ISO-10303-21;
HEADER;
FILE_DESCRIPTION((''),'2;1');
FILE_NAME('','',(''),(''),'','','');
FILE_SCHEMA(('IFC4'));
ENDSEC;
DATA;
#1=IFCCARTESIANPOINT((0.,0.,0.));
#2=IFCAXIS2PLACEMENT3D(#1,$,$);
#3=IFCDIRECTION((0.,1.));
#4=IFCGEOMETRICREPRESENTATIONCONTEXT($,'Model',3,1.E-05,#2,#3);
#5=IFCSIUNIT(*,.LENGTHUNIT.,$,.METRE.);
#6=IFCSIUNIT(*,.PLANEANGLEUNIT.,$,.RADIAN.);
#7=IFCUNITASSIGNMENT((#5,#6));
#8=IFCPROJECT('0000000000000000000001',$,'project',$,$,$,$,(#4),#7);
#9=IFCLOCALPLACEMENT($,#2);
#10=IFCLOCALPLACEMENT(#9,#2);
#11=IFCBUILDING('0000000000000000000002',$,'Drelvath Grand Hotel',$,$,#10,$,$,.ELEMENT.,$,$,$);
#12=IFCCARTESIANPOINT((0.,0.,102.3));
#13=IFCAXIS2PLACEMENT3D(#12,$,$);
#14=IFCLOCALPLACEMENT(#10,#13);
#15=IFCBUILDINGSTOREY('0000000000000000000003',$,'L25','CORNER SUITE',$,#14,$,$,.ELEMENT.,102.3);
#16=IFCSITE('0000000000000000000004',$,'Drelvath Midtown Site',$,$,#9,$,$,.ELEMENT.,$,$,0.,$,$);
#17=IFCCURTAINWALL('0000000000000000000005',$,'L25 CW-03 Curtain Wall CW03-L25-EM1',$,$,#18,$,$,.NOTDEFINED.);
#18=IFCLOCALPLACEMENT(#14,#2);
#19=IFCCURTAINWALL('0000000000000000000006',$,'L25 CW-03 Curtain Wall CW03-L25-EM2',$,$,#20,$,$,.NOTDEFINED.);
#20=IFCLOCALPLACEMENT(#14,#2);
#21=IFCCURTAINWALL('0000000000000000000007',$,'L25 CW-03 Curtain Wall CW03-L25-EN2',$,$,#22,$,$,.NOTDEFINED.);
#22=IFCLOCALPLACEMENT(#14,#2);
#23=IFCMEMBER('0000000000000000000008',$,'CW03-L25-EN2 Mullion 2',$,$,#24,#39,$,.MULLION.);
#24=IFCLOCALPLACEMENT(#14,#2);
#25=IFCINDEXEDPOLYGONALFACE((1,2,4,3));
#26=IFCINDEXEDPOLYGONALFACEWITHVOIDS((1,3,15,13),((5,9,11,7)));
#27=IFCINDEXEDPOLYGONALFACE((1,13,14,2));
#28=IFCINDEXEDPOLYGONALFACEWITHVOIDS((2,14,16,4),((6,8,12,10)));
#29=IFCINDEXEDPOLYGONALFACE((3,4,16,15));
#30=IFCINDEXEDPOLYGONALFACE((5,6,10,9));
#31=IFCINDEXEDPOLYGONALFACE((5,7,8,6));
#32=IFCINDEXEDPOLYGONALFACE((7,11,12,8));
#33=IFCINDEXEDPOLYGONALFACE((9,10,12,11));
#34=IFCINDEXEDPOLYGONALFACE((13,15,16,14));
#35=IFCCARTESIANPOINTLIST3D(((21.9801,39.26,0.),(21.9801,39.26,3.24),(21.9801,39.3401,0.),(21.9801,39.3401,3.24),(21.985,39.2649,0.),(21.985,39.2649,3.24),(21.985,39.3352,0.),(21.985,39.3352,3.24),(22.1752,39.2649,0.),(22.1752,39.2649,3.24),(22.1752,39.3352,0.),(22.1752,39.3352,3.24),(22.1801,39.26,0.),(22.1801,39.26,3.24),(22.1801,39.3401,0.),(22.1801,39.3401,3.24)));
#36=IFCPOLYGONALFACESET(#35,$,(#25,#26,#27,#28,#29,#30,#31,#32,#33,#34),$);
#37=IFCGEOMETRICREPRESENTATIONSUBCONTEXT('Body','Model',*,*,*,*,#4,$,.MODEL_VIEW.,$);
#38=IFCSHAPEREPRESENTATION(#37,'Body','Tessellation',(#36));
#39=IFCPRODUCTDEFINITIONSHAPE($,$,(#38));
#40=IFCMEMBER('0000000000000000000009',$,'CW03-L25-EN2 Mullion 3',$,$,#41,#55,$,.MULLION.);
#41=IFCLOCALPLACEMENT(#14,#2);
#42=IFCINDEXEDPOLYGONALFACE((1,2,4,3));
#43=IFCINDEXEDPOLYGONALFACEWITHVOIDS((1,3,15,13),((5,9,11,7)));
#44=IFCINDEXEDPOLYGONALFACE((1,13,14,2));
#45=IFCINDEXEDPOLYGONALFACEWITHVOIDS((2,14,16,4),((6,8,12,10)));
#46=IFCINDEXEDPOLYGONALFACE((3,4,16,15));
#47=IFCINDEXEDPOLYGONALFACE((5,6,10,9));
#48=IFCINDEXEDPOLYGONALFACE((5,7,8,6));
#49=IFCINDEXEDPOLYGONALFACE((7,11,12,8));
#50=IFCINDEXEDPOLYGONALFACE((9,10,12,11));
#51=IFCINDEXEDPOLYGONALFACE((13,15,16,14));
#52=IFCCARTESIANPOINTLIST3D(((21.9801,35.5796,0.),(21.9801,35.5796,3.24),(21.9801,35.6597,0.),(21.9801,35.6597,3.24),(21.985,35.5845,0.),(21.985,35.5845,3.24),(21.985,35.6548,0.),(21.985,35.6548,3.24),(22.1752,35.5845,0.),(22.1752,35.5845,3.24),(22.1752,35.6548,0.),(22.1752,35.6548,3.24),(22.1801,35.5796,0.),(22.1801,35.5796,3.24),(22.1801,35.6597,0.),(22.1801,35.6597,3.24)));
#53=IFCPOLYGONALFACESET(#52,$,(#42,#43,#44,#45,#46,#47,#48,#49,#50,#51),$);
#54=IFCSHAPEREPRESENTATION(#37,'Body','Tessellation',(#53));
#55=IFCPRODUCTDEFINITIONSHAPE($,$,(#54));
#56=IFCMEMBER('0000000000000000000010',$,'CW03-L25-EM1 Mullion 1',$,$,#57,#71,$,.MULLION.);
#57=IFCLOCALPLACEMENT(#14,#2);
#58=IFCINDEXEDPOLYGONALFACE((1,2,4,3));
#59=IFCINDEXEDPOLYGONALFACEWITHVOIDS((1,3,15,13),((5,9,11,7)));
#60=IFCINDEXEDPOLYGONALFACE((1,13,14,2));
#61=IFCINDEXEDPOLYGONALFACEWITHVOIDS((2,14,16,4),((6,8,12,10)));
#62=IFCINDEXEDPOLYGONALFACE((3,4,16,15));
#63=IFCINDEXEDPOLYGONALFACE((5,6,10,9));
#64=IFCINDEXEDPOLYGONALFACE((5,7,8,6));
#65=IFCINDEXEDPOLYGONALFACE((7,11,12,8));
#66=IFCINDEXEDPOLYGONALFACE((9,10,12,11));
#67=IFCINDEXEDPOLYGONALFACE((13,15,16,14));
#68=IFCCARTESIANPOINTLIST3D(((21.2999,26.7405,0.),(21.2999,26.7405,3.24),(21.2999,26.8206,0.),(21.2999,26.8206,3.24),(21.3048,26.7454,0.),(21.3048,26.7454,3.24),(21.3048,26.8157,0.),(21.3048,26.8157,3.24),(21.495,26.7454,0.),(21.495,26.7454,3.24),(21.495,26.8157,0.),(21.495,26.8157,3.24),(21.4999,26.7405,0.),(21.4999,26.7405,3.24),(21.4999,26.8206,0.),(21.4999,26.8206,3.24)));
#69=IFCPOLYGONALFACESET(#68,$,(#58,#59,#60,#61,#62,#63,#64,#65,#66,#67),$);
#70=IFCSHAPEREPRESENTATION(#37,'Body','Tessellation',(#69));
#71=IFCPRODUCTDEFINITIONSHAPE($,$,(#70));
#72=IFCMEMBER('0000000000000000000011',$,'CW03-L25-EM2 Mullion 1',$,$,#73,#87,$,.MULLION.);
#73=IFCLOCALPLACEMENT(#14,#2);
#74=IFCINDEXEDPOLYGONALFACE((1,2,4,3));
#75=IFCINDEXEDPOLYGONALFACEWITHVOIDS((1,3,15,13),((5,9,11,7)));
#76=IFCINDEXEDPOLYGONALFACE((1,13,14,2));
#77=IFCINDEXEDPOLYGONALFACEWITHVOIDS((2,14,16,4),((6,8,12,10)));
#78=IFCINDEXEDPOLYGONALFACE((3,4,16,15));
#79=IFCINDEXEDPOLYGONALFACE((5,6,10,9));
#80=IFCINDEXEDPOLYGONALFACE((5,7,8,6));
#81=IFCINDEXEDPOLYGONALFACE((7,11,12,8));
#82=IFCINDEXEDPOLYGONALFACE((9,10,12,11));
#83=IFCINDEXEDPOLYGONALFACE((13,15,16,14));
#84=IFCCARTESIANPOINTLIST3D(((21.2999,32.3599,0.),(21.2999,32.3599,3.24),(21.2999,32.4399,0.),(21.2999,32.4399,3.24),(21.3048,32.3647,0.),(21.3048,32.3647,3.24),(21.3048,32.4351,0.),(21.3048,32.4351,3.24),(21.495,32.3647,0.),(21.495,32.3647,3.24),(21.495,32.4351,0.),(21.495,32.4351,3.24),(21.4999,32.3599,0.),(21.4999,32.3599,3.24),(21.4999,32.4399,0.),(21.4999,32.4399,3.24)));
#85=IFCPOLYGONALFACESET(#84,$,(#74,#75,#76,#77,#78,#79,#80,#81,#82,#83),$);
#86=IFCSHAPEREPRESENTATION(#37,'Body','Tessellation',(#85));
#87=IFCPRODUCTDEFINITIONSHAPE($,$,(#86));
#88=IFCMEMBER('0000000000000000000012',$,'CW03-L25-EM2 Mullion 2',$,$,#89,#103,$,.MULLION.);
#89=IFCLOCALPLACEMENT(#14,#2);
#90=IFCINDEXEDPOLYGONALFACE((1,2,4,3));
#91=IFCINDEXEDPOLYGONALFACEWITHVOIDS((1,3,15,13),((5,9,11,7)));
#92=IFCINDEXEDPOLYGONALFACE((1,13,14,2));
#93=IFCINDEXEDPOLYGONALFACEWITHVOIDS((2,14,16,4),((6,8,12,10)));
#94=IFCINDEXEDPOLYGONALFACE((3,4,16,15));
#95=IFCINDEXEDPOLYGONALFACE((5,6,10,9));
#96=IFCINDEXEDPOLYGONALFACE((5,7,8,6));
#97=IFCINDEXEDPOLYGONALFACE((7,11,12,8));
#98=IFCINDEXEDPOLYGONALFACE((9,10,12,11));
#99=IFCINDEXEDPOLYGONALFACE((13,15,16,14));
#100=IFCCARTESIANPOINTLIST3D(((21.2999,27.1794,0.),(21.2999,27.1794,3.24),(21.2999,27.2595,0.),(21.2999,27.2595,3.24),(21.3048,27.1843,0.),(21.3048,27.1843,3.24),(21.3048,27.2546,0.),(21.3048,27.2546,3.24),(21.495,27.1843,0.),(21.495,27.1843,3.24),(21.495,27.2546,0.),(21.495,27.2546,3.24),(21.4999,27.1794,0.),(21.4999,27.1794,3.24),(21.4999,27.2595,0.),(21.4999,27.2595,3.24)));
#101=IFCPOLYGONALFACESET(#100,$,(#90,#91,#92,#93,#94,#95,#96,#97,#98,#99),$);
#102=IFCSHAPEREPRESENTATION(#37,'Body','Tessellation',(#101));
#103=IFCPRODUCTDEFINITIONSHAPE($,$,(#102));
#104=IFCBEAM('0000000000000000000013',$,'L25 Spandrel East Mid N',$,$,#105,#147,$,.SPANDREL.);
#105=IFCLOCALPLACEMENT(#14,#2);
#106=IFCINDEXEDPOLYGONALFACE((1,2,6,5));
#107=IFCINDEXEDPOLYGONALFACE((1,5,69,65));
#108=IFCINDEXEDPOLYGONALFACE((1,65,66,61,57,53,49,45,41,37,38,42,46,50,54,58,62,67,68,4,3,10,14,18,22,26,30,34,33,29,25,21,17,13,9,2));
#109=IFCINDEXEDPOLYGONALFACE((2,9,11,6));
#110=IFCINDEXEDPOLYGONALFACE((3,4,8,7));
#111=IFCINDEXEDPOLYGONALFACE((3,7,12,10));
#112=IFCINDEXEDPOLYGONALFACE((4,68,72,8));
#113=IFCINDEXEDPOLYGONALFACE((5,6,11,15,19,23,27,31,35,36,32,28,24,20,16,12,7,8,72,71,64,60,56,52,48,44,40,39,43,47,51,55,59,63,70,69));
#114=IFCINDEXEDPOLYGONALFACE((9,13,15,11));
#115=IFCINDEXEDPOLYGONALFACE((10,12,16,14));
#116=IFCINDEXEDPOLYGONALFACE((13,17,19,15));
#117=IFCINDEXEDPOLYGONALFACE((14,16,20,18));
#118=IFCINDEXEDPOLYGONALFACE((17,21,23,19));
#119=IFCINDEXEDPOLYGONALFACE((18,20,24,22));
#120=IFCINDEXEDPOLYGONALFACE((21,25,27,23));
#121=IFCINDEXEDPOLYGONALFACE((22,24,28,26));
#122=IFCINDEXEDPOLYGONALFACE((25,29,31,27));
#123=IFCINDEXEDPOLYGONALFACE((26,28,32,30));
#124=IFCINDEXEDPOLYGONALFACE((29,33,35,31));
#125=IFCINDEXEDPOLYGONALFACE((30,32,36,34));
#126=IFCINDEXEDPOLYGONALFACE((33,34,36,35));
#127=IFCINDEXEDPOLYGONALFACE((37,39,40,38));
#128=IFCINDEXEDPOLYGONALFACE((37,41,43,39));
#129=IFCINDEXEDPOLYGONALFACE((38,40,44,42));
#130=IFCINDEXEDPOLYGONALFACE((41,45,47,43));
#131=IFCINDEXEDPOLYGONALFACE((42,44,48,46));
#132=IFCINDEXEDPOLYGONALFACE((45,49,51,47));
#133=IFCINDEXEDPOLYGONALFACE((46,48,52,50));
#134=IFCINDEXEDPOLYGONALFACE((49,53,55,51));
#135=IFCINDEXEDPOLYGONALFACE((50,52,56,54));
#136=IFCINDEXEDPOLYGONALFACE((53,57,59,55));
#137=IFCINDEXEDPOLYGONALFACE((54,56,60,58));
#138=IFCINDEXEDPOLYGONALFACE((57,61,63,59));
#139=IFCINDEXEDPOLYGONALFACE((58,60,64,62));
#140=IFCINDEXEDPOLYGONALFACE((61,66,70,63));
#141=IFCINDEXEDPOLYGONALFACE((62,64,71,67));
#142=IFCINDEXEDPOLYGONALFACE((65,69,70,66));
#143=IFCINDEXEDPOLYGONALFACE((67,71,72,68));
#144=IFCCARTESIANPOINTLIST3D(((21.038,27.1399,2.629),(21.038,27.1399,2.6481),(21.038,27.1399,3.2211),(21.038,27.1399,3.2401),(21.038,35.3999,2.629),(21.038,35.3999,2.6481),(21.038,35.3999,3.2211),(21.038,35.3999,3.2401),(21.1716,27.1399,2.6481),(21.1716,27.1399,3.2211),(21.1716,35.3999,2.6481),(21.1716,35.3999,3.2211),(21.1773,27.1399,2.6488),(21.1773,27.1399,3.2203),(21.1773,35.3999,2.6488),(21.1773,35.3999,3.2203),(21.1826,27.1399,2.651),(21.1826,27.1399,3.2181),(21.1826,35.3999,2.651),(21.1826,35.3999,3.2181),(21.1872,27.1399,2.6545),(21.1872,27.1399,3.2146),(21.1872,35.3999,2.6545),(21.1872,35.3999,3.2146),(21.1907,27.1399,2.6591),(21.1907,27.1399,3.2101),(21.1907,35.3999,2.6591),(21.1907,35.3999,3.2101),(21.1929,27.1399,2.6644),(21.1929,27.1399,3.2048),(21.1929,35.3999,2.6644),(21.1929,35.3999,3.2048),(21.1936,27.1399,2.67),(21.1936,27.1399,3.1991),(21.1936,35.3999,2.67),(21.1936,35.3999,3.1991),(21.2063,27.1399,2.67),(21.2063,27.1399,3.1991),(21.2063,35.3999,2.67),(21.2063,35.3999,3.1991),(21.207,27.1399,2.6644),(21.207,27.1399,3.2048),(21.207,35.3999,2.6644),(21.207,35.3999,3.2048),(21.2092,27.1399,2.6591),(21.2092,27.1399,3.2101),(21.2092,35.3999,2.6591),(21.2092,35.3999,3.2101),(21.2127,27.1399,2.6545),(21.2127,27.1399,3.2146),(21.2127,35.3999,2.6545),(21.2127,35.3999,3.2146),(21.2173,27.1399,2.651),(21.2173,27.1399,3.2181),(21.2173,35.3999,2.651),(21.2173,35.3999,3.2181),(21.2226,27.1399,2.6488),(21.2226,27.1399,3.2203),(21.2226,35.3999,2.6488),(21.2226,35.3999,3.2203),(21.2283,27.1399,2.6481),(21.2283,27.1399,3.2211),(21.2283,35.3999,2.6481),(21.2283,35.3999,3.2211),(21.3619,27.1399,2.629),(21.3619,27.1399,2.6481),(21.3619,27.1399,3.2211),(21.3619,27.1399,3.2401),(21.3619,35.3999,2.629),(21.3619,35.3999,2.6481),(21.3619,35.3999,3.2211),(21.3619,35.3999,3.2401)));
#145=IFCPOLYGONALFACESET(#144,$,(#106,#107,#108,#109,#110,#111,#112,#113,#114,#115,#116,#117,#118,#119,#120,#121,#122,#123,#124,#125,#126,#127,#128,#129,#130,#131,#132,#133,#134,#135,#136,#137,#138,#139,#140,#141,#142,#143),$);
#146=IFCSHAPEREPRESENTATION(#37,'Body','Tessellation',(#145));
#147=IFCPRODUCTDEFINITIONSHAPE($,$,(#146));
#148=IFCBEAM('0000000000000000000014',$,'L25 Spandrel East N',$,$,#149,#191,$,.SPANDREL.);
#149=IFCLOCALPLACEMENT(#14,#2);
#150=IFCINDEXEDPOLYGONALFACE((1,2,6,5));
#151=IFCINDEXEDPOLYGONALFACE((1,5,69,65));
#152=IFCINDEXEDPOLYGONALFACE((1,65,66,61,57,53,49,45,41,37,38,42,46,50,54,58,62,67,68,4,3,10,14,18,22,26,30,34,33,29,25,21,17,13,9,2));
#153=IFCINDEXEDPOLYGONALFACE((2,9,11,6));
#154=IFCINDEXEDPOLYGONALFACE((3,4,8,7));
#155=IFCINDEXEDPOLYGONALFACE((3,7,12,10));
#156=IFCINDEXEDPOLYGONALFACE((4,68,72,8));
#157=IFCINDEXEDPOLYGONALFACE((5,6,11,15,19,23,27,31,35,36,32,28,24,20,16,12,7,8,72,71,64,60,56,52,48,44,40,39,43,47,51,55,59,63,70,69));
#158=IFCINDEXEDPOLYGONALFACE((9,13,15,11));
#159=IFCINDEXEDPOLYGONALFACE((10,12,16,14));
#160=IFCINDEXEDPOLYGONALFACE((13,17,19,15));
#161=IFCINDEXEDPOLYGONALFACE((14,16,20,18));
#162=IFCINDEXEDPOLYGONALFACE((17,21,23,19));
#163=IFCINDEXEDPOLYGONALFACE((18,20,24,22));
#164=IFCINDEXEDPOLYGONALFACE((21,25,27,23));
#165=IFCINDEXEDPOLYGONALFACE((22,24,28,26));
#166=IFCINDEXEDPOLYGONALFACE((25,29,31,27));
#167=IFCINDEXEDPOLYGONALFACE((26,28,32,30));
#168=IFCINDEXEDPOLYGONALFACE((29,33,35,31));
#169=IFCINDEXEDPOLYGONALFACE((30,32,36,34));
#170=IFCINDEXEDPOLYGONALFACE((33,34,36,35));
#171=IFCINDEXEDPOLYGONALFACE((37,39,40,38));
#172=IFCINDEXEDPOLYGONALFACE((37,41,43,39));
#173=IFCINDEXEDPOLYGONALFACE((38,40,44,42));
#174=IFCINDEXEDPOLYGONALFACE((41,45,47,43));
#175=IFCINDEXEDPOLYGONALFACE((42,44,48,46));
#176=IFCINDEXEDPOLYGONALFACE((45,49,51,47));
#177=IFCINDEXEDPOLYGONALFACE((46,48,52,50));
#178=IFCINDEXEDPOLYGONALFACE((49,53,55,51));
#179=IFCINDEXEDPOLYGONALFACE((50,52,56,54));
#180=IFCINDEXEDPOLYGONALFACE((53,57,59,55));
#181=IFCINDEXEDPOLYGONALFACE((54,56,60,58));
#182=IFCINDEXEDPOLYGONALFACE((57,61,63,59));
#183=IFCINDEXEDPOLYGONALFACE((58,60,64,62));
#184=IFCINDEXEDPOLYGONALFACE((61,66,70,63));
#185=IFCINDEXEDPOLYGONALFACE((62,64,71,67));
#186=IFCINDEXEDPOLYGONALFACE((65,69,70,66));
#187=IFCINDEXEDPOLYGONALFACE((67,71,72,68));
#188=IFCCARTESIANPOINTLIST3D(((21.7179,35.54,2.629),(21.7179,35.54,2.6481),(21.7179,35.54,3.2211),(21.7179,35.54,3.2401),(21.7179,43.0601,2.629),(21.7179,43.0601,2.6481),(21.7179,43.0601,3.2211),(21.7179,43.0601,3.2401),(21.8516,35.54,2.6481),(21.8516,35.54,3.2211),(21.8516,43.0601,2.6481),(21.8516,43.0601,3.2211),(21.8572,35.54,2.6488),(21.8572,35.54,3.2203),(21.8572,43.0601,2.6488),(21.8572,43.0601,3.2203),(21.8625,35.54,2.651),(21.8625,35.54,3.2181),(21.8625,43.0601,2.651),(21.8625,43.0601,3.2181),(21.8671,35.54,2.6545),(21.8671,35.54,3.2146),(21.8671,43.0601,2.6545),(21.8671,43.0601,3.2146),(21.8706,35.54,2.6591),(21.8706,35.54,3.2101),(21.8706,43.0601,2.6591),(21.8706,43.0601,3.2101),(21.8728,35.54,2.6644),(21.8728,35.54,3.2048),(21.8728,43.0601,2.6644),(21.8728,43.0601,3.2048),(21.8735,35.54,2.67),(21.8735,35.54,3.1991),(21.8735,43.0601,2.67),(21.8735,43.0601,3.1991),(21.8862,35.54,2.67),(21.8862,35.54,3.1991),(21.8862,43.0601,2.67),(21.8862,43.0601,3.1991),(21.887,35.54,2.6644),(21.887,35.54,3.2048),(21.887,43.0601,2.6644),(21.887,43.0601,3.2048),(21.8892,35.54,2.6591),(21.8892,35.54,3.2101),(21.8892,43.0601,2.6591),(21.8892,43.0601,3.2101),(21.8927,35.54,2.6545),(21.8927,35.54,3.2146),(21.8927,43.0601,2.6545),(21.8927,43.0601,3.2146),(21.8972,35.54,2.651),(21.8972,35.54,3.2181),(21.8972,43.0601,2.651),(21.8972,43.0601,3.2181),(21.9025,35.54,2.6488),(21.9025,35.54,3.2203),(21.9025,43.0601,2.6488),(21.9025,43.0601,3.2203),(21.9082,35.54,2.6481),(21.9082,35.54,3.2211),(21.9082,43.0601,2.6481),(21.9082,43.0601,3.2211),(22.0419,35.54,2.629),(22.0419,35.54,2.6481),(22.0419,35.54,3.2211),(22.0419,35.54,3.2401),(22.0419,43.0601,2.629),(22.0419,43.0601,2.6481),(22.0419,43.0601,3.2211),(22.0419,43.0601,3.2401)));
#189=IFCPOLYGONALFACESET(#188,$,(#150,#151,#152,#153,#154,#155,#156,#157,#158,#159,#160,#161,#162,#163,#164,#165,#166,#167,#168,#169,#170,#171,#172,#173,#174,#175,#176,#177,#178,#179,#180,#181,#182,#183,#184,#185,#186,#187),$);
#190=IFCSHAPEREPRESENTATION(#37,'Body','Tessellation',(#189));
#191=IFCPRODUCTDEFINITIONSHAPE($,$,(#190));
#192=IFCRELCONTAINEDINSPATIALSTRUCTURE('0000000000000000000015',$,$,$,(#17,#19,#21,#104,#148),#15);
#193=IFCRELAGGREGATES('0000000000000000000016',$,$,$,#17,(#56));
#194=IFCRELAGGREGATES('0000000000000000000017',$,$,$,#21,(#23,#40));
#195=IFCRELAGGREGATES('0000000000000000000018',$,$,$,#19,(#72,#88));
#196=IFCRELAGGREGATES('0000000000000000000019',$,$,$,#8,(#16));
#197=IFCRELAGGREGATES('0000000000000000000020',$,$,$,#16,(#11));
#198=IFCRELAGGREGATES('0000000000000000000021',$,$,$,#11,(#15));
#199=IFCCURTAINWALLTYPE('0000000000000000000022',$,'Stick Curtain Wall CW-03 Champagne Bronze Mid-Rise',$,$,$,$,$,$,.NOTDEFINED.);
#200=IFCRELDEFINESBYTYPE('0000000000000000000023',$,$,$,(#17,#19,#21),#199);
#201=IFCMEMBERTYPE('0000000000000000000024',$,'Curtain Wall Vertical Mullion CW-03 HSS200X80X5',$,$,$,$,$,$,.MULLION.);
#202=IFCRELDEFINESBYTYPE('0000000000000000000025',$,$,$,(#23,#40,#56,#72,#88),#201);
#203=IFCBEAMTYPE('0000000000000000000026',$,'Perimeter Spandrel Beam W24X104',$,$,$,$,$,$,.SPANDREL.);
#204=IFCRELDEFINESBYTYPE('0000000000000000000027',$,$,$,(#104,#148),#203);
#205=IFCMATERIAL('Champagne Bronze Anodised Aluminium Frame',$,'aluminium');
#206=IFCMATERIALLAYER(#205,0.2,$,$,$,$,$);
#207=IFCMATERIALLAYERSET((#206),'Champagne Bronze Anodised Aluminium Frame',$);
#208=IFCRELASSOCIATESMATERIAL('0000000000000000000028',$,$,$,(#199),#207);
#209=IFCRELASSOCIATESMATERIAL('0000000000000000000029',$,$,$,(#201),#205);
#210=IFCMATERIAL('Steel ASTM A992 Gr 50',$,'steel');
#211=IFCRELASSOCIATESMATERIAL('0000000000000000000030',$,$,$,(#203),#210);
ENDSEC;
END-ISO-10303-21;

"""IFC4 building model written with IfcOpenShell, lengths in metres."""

from ifc_helpers import new_model, si_unit, direction, frame, origin, origin_2d, place, context, subcontext, project, spatial, hollow_rectangle, i_section, extrude, material, layer, layer_set, material_profile, profile_set, type_object, element, aggregate, save


model = new_model("IFC4")

# Units and contexts
model_context = context("Model", 3, precision=1e-05, world=origin(), true_north=direction((0.0, 1.0)))
body_context = subcontext(model_context, "Body", "Model", "MODEL_VIEW")
ifc_project = project(units=[si_unit("LENGTHUNIT", "METRE"), si_unit("PLANEANGLEUNIT", "RADIAN")], contexts=[model_context])

# Site, building, storey
site_placement = place(None, origin())
site = spatial("IfcSite", under=ifc_project, at=site_placement, Name="Drelvath Midtown Site", CompositionType="ELEMENT", RefElevation=0.0)
building_placement = place(site_placement, origin())
building = spatial("IfcBuilding", under=site, at=building_placement, Name="Drelvath Grand Hotel", CompositionType="ELEMENT")
storey_placement = place(building_placement, frame((0.0, 0.0, 102.3)))
storey = spatial("IfcBuildingStorey", under=building, at=storey_placement, Name="L25", Description="CORNER SUITE", CompositionType="ELEMENT", Elevation=102.3)

# Curtain walls
ifc_material_1 = material(Name="Champagne Bronze Anodised Aluminium Frame", Category="aluminium")
ifc_layer_1 = layer(ifc_material_1, 0.2)
ifc_layer_set_1 = layer_set([ifc_layer_1], Name="Champagne Bronze Anodised Aluminium Frame")
curtain_wall_type = type_object("IfcCurtainWallType", Name="Stick Curtain Wall CW-03 Champagne Bronze Mid-Rise", PredefinedType="NOTDEFINED", material=ifc_layer_set_1)
curtain_wall_1_placement = place(storey_placement, origin())
curtain_wall_1 = element("IfcCurtainWall", 1, at=curtain_wall_1_placement, inside=storey, type_object=curtain_wall_type, Name="L25 CW-03 Curtain Wall CW03-L25-EM1", PredefinedType="NOTDEFINED")
curtain_wall_2_placement = place(storey_placement, origin())
curtain_wall_2 = element("IfcCurtainWall", 2, at=curtain_wall_2_placement, inside=storey, type_object=curtain_wall_type, Name="L25 CW-03 Curtain Wall CW03-L25-EM2", PredefinedType="NOTDEFINED")

# Shared definitions
ifc_material_profile_1 = material_profile(ifc_material_1, hollow_rectangle(XDim=0.0801, YDim=0.2, WallThickness=0.0049, at=origin_2d()), Name="HSS200X80X5")
ifc_profile_set_1 = profile_set([ifc_material_profile_1], Name="Champagne Bronze Anodised Aluminium Frame")
member_type_1 = type_object("IfcMemberType", Name="Curtain Wall Vertical Mullion CW-03 HSS200X80X5", PredefinedType="MULLION", material=ifc_profile_set_1)

# Curtain wall, members
curtain_wall_3_placement = place(storey_placement, origin())
curtain_wall_3 = element("IfcCurtainWall", 3, at=curtain_wall_3_placement, inside=storey, type_object=curtain_wall_type, Name="L25 CW-03 Curtain Wall CW03-L25-EN2", PredefinedType="NOTDEFINED")
member_1_placement = place(storey_placement, frame((22.0801, 39.3, 0.0), z_axis=(0.0, 0.0, 1.0), x_axis=(0.0, 1.0, 0.0)))
member_1 = element("IfcMember", 4, at=member_1_placement, type_object=member_type_1, Name="CW03-L25-EN2 Mullion 2", PredefinedType="MULLION", context=body_context, shape_type="SweptSolid", body=[
    extrude(hollow_rectangle(XDim=0.0801, YDim=0.2, WallThickness=0.0049, at=origin_2d()), origin(), (0.0, 0.0, 1.0), 3.24),
])
member_2_placement = place(storey_placement, frame((22.0801, 35.6196, 0.0), z_axis=(0.0, 0.0, 1.0), x_axis=(0.0, 1.0, 0.0)))
member_2 = element("IfcMember", 5, at=member_2_placement, type_object=member_type_1, Name="CW03-L25-EN2 Mullion 3", PredefinedType="MULLION", context=body_context, shape_type="SweptSolid", body=[
    extrude(hollow_rectangle(XDim=0.0801, YDim=0.2, WallThickness=0.0049, at=origin_2d()), origin(), (0.0, 0.0, 1.0), 3.24),
])

# Members
member_3_placement = place(storey_placement, frame((21.3999, 26.7805, 0.0), z_axis=(0.0, 0.0, 1.0), x_axis=(0.0, 1.0, 0.0)))
member_3 = element("IfcMember", 6, at=member_3_placement, type_object=member_type_1, Name="CW03-L25-EM1 Mullion 1", PredefinedType="MULLION", context=body_context, shape_type="SweptSolid", body=[
    extrude(hollow_rectangle(XDim=0.0801, YDim=0.2, WallThickness=0.0049, at=origin_2d()), origin(), (0.0, 0.0, 1.0), 3.24),
])
aggregate(curtain_wall_1, [member_3])
member_4_placement = place(storey_placement, frame((21.3999, 32.3999, 0.0), z_axis=(0.0, 0.0, 1.0), x_axis=(0.0, 1.0, 0.0)))
member_4 = element("IfcMember", 7, at=member_4_placement, type_object=member_type_1, Name="CW03-L25-EM2 Mullion 1", PredefinedType="MULLION", context=body_context, shape_type="SweptSolid", body=[
    extrude(hollow_rectangle(XDim=0.0801, YDim=0.2, WallThickness=0.0049, at=origin_2d()), origin(), (0.0, 0.0, 1.0), 3.24),
])
member_5_placement = place(storey_placement, frame((21.3999, 27.2195, 0.0), z_axis=(0.0, 0.0, 1.0), x_axis=(0.0, 1.0, 0.0)))
member_5 = element("IfcMember", 8, at=member_5_placement, type_object=member_type_1, Name="CW03-L25-EM2 Mullion 2", PredefinedType="MULLION", context=body_context, shape_type="SweptSolid", body=[
    extrude(hollow_rectangle(XDim=0.0801, YDim=0.2, WallThickness=0.0049, at=origin_2d()), origin(), (0.0, 0.0, 1.0), 3.24),
])

# Beams
ifc_material_2 = material(Name="Steel ASTM A992 Gr 50", Category="steel")
ifc_material_profile_2 = material_profile(ifc_material_2, i_section(OverallWidth=0.324, OverallDepth=0.6111, WebThickness=0.0127, FlangeThickness=0.019, FilletRadius=0.022, at=origin_2d()), Name="W24X104")
ifc_profile_set_2 = profile_set([ifc_material_profile_2], Name="Steel ASTM A992 Gr 50")
beam_type_1 = type_object("IfcBeamType", Name="Perimeter Spandrel Beam W24X104", PredefinedType="SPANDREL", material=ifc_profile_set_2)
beam_1_placement = place(storey_placement, frame((21.2, 27.1399, 2.9346), z_axis=(0.0, 1.0, 0.0), x_axis=(-1.0, 0.0, 0.0)))
element("IfcBeam", 9, at=beam_1_placement, inside=storey, type_object=beam_type_1, Name="L25 Spandrel East Mid N", PredefinedType="SPANDREL", context=body_context, shape_type="SweptSolid", body=[
    extrude(i_section(OverallWidth=0.324, OverallDepth=0.6111, WebThickness=0.0127, FlangeThickness=0.019, FilletRadius=0.022, at=origin_2d()), origin(), (0.0, 0.0, 1.0), 8.26),
])
beam_2_placement = place(storey_placement, frame((21.8799, 35.54, 2.9346), z_axis=(0.0, 1.0, 0.0), x_axis=(-1.0, 0.0, 0.0)))
element("IfcBeam", 10, at=beam_2_placement, inside=storey, type_object=beam_type_1, Name="L25 Spandrel East N", PredefinedType="SPANDREL", context=body_context, shape_type="SweptSolid", body=[
    extrude(i_section(OverallWidth=0.324, OverallDepth=0.6111, WebThickness=0.0127, FlangeThickness=0.019, FilletRadius=0.022, at=origin_2d()), origin(), (0.0, 0.0, 1.0), 7.52),
])

aggregate(curtain_wall_3, [member_1, member_2])
aggregate(curtain_wall_2, [member_4, member_5])

save(model, "model.ifc")
